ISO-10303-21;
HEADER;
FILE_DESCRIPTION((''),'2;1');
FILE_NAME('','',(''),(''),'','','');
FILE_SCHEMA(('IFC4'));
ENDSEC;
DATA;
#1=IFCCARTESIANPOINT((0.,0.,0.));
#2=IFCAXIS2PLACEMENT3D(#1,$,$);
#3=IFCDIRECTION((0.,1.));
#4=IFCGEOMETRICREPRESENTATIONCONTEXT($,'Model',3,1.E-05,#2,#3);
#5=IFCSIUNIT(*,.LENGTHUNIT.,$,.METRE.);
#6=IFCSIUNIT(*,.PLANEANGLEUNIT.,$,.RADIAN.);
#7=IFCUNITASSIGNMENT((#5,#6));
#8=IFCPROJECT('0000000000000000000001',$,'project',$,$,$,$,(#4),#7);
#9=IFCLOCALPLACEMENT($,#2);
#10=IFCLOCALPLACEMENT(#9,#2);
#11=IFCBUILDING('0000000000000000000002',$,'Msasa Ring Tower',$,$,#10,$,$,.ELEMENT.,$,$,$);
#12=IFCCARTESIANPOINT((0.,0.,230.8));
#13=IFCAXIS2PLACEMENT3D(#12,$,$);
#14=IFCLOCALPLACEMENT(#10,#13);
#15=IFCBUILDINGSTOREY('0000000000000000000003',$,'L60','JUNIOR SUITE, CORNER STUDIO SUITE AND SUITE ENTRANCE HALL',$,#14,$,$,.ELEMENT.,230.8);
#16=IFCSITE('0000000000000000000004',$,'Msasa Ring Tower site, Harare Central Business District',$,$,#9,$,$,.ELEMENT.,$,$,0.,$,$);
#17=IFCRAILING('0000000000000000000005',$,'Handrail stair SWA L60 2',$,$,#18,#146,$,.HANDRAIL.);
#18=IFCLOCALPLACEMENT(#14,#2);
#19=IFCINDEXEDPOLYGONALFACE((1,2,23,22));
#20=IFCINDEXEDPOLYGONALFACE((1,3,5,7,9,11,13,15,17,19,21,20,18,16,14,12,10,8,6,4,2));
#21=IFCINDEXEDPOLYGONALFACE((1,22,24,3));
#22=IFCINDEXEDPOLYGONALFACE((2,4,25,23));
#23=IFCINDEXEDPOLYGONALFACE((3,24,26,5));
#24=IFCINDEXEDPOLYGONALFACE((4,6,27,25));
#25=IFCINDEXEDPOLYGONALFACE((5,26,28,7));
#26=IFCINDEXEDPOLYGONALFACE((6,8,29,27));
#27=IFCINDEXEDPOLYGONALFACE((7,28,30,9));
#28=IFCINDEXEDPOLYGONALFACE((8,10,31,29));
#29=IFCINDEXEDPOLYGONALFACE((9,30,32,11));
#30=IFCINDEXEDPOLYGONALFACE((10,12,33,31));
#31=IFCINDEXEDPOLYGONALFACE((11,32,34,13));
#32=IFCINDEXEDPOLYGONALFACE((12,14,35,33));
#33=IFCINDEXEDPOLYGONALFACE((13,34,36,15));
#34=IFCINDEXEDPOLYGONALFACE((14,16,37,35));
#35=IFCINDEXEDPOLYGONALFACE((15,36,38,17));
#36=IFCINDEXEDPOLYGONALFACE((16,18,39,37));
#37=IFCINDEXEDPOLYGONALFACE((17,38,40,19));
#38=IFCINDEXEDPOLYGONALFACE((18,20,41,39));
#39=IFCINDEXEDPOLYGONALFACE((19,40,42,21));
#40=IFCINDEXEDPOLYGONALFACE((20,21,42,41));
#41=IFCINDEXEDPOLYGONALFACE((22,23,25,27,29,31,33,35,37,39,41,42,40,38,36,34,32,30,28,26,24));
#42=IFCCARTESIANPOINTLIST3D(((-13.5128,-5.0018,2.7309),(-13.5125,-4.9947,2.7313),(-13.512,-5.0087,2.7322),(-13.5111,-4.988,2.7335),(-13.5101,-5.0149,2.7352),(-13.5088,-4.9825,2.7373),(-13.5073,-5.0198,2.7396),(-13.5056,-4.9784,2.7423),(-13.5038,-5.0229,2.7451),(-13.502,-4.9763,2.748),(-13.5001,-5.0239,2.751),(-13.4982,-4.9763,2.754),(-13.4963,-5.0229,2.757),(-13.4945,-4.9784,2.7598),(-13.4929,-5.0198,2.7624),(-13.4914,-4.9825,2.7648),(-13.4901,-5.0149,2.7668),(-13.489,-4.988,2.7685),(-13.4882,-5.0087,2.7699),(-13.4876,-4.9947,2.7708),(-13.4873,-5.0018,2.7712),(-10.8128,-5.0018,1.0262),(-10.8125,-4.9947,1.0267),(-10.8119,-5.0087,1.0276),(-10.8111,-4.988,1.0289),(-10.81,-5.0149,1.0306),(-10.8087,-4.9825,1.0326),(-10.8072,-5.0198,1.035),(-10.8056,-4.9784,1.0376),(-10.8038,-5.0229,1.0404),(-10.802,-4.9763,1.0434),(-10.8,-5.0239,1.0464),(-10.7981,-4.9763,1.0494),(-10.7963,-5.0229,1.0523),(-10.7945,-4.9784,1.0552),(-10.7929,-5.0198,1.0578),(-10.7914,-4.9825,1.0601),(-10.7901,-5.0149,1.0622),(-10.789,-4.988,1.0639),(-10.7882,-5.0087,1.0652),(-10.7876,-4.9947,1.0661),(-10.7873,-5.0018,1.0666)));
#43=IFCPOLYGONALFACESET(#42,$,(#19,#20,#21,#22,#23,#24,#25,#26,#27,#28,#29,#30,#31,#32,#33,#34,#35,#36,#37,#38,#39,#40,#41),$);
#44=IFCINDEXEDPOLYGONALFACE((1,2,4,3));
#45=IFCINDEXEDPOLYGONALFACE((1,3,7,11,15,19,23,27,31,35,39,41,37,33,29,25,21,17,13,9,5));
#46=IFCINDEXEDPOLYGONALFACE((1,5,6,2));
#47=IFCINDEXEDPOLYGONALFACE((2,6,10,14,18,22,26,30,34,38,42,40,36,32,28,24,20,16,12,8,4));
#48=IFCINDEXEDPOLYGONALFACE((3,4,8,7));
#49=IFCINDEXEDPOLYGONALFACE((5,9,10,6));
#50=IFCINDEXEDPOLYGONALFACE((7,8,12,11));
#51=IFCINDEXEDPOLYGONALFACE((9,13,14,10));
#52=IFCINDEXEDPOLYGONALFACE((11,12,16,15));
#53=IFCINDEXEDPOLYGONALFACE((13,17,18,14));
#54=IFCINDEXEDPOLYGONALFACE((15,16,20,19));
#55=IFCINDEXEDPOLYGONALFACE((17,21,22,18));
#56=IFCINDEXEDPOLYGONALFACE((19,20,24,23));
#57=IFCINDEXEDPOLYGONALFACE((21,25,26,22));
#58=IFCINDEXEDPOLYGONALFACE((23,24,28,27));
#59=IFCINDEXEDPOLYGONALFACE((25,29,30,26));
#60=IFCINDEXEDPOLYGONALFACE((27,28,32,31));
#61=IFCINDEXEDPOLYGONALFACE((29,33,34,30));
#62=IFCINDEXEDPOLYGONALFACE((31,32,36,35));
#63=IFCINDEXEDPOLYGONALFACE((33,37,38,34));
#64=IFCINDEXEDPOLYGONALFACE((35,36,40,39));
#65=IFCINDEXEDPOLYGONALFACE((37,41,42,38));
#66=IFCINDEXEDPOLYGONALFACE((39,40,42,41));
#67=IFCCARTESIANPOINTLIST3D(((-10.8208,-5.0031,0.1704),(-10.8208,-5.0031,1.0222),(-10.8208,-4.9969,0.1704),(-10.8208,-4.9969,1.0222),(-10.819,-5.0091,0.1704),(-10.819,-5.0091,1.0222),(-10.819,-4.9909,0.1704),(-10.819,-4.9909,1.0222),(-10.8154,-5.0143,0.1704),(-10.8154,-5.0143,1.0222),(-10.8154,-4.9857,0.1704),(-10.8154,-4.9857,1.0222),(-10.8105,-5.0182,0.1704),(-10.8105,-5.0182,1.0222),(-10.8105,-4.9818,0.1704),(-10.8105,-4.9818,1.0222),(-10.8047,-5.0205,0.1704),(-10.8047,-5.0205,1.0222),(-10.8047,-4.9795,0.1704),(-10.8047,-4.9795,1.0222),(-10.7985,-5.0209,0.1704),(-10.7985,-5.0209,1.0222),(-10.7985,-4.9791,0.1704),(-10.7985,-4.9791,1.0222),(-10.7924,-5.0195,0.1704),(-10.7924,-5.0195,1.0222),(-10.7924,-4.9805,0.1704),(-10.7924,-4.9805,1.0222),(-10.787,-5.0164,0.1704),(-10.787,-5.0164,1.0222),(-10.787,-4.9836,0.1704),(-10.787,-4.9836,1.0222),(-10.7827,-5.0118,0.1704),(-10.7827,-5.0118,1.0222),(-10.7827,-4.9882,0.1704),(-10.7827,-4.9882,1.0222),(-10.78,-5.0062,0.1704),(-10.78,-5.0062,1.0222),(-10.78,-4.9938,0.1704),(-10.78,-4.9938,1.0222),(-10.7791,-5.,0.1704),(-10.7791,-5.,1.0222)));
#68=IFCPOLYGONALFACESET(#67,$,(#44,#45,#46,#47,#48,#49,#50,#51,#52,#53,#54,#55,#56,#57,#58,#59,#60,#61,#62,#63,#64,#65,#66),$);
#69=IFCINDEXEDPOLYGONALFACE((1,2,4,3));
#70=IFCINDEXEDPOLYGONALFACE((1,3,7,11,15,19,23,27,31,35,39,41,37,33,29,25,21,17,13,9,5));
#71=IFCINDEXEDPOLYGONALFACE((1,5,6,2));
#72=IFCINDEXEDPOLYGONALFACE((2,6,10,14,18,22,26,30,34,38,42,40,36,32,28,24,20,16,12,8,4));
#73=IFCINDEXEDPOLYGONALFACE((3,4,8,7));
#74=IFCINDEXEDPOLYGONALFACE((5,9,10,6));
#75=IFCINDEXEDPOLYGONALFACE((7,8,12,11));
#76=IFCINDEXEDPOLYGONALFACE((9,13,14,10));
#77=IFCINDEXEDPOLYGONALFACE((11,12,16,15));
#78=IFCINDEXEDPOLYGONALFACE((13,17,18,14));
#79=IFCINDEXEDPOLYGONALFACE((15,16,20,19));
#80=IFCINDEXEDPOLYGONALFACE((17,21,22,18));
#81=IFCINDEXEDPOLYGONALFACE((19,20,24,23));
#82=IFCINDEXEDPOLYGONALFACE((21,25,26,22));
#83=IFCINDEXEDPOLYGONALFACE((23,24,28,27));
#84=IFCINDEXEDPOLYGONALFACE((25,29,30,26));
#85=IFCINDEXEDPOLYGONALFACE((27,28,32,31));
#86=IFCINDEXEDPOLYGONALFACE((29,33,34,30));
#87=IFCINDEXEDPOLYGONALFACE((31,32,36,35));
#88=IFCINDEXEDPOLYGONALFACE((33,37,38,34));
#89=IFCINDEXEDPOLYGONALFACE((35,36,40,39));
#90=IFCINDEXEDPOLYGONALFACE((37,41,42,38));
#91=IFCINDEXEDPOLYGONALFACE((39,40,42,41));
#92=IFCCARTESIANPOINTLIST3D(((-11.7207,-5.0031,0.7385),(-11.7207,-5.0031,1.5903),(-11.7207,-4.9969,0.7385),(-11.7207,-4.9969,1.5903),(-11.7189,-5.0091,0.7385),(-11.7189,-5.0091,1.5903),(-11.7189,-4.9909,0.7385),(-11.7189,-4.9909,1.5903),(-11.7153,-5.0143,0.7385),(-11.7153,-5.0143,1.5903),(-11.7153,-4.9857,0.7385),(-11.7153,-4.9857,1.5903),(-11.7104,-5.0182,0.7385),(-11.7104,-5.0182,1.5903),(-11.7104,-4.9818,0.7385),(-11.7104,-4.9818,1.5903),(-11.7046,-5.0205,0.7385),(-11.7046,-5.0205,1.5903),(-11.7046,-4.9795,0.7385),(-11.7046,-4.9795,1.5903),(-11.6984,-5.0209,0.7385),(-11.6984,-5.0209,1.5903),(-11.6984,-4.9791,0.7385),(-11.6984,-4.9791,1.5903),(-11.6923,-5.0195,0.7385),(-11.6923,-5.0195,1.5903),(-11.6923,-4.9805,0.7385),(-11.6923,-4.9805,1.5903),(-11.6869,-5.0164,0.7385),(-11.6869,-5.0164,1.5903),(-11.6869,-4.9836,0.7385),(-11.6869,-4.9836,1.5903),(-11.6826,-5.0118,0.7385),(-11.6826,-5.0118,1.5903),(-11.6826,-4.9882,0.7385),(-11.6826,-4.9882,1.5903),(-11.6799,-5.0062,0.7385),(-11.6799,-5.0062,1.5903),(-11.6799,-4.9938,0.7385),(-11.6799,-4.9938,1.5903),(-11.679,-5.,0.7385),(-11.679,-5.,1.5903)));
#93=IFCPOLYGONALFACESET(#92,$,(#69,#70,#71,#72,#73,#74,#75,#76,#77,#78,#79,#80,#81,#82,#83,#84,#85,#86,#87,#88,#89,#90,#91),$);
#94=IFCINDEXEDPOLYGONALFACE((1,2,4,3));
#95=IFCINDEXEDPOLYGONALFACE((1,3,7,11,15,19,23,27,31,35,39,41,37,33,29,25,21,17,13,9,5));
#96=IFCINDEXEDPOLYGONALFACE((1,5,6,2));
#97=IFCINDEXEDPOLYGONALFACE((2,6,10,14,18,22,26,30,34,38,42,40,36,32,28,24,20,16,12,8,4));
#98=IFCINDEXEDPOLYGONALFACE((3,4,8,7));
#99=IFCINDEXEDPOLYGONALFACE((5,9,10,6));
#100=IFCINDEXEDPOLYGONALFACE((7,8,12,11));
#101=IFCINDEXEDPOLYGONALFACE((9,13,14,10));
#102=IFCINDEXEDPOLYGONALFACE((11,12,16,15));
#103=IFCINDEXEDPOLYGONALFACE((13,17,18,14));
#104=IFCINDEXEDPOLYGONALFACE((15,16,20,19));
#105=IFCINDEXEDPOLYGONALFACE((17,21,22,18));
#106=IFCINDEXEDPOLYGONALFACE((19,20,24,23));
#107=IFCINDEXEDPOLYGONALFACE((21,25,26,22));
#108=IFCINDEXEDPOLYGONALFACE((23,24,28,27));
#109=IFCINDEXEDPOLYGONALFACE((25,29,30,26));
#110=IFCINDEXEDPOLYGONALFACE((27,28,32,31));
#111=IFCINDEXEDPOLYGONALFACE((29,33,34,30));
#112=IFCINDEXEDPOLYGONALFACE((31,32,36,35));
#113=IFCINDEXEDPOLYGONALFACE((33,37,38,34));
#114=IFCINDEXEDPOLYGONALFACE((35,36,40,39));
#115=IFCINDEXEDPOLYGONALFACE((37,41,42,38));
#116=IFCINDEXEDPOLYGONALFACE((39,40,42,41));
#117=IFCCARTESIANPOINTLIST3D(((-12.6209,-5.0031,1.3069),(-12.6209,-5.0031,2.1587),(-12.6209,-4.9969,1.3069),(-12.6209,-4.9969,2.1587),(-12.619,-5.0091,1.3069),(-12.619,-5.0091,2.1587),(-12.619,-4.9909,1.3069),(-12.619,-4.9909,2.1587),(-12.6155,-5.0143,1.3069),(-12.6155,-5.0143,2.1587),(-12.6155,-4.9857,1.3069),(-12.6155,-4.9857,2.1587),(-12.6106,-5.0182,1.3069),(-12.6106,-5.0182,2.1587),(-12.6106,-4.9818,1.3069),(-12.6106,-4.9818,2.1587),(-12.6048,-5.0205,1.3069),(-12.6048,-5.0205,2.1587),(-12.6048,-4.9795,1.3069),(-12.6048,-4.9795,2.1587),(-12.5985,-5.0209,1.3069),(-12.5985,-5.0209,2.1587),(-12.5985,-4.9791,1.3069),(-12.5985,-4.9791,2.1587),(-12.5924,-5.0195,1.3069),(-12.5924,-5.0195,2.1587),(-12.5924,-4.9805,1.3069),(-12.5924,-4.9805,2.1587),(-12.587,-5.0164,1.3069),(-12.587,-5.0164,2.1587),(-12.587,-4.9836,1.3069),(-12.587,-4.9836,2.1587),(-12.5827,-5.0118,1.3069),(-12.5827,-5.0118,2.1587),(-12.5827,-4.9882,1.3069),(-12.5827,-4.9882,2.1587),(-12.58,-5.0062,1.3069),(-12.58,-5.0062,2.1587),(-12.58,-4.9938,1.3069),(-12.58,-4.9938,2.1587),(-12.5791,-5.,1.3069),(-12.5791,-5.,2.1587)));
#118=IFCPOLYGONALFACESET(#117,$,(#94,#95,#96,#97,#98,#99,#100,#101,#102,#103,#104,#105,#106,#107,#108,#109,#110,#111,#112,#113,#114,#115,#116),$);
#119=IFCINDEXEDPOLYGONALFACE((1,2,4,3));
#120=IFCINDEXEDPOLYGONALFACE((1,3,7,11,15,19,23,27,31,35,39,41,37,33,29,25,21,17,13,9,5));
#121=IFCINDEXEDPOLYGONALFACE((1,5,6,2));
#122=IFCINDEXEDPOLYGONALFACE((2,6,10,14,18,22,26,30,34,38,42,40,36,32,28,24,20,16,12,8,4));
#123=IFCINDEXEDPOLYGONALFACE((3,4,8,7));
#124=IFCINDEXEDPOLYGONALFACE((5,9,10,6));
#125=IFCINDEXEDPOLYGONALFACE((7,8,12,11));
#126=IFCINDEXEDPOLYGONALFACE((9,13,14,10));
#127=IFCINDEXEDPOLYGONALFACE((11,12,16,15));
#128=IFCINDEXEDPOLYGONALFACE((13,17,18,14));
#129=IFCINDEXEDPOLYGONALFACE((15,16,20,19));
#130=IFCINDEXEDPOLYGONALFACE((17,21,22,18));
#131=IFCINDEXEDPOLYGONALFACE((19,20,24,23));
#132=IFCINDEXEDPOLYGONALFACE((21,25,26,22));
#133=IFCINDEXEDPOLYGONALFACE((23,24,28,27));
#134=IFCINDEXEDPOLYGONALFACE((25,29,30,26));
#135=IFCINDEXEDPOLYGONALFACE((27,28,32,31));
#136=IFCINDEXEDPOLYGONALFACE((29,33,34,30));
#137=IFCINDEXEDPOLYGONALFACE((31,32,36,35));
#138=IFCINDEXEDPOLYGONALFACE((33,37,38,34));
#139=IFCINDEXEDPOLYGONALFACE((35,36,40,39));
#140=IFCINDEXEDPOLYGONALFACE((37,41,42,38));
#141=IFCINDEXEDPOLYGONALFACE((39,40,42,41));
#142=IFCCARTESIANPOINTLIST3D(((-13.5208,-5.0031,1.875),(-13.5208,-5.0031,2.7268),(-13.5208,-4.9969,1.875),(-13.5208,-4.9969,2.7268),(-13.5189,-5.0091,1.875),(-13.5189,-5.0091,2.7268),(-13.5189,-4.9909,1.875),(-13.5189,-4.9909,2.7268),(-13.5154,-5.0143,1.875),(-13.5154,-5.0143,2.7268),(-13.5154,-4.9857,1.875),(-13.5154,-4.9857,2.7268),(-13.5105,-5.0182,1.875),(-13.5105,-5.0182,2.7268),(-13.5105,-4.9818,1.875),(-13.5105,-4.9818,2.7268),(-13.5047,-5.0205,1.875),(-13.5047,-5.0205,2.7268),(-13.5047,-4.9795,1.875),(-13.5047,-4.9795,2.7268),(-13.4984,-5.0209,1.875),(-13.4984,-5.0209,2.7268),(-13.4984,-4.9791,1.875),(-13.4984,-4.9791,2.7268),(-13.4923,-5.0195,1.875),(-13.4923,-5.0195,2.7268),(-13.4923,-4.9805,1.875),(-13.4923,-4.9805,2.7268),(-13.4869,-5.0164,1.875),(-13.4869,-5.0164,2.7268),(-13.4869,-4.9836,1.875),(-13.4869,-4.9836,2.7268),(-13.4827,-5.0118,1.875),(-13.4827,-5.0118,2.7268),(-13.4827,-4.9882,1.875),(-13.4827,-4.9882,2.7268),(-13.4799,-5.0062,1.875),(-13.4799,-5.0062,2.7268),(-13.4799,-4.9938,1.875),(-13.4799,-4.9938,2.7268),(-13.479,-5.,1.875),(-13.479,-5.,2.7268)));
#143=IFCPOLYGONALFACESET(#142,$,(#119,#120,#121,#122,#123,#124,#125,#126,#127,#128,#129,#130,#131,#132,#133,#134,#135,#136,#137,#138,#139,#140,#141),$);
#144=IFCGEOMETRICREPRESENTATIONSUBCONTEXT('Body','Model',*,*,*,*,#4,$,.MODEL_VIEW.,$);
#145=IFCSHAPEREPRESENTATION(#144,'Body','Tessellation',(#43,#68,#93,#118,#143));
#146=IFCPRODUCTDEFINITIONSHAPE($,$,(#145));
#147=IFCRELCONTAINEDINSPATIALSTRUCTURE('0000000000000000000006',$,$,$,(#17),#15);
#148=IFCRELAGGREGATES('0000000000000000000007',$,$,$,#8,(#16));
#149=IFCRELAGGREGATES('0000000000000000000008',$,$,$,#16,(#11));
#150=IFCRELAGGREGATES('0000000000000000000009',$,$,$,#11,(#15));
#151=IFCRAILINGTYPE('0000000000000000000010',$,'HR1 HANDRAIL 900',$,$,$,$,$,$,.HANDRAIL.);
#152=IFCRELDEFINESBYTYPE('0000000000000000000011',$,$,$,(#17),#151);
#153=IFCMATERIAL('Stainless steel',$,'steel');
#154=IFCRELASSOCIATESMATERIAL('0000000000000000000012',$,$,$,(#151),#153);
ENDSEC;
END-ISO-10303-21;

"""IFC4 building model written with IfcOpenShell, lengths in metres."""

from ifc_helpers import new_model, si_unit, direction, frame, origin, origin_2d, place, context, subcontext, project, spatial, circle, extrude, material, type_object, element, save


model = new_model("IFC4")

# Units and contexts
model_context = context("Model", 3, precision=1e-05, world=origin(), true_north=direction((0.0, 1.0)))
body_context = subcontext(model_context, "Body", "Model", "MODEL_VIEW")
ifc_project = project(units=[si_unit("LENGTHUNIT", "METRE"), si_unit("PLANEANGLEUNIT", "RADIAN")], contexts=[model_context])

# Site, building, storey
site_placement = place(None, origin())
site = spatial("IfcSite", under=ifc_project, at=site_placement, Name="Msasa Ring Tower site, Harare Central Business District", CompositionType="ELEMENT", RefElevation=0.0)
building_placement = place(site_placement, origin())
building = spatial("IfcBuilding", under=site, at=building_placement, Name="Msasa Ring Tower", CompositionType="ELEMENT")
storey_placement = place(building_placement, frame((0.0, 0.0, 230.8)))
storey = spatial("IfcBuildingStorey", under=building, at=storey_placement, Name="L60", Description="JUNIOR SUITE, CORNER STUDIO SUITE AND SUITE ENTRANCE HALL", CompositionType="ELEMENT", Elevation=230.8)

# Railing
ifc_material_1 = material(Name="Stainless steel", Category="steel")
railing_type = type_object("IfcRailingType", Name="HR1 HANDRAIL 900", PredefinedType="HANDRAIL", material=ifc_material_1)
for number, where, name in (
    (1, (-10.8, -5.0, 0.1704), "Handrail stair SWA L60 2"),
):
    element("IfcRailing", number, at=place(storey_placement, frame(where)), inside=storey, type_object=railing_type, Name=name, PredefinedType="HANDRAIL", context=body_context, shape_type="SweptSolid", body=[
        extrude(circle(Radius=0.0239, at=origin_2d()), frame((0.0, 0.0, 0.876), z_axis=(-0.84558, 0.0, 0.533849), x_axis=(0.0, -1.0, 0.0)), (0.0, 0.0, 1.0), 3.1931),
        extrude(circle(Radius=0.021, at=origin_2d()), origin(), (0.0, 0.0, 1.0), 0.8518),
        extrude(circle(Radius=0.021, at=origin_2d()), frame((-0.8999, 0.0, 0.5681)), (0.0, 0.0, 1.0), 0.8518),
        extrude(circle(Radius=0.021, at=origin_2d()), frame((-1.8, 0.0, 1.1365)), (0.0, 0.0, 1.0), 0.8518),
        extrude(circle(Radius=0.021, at=origin_2d()), frame((-2.7, 0.0, 1.7046)), (0.0, 0.0, 1.0), 0.8518),
    ])

save(model, "model.ifc")
